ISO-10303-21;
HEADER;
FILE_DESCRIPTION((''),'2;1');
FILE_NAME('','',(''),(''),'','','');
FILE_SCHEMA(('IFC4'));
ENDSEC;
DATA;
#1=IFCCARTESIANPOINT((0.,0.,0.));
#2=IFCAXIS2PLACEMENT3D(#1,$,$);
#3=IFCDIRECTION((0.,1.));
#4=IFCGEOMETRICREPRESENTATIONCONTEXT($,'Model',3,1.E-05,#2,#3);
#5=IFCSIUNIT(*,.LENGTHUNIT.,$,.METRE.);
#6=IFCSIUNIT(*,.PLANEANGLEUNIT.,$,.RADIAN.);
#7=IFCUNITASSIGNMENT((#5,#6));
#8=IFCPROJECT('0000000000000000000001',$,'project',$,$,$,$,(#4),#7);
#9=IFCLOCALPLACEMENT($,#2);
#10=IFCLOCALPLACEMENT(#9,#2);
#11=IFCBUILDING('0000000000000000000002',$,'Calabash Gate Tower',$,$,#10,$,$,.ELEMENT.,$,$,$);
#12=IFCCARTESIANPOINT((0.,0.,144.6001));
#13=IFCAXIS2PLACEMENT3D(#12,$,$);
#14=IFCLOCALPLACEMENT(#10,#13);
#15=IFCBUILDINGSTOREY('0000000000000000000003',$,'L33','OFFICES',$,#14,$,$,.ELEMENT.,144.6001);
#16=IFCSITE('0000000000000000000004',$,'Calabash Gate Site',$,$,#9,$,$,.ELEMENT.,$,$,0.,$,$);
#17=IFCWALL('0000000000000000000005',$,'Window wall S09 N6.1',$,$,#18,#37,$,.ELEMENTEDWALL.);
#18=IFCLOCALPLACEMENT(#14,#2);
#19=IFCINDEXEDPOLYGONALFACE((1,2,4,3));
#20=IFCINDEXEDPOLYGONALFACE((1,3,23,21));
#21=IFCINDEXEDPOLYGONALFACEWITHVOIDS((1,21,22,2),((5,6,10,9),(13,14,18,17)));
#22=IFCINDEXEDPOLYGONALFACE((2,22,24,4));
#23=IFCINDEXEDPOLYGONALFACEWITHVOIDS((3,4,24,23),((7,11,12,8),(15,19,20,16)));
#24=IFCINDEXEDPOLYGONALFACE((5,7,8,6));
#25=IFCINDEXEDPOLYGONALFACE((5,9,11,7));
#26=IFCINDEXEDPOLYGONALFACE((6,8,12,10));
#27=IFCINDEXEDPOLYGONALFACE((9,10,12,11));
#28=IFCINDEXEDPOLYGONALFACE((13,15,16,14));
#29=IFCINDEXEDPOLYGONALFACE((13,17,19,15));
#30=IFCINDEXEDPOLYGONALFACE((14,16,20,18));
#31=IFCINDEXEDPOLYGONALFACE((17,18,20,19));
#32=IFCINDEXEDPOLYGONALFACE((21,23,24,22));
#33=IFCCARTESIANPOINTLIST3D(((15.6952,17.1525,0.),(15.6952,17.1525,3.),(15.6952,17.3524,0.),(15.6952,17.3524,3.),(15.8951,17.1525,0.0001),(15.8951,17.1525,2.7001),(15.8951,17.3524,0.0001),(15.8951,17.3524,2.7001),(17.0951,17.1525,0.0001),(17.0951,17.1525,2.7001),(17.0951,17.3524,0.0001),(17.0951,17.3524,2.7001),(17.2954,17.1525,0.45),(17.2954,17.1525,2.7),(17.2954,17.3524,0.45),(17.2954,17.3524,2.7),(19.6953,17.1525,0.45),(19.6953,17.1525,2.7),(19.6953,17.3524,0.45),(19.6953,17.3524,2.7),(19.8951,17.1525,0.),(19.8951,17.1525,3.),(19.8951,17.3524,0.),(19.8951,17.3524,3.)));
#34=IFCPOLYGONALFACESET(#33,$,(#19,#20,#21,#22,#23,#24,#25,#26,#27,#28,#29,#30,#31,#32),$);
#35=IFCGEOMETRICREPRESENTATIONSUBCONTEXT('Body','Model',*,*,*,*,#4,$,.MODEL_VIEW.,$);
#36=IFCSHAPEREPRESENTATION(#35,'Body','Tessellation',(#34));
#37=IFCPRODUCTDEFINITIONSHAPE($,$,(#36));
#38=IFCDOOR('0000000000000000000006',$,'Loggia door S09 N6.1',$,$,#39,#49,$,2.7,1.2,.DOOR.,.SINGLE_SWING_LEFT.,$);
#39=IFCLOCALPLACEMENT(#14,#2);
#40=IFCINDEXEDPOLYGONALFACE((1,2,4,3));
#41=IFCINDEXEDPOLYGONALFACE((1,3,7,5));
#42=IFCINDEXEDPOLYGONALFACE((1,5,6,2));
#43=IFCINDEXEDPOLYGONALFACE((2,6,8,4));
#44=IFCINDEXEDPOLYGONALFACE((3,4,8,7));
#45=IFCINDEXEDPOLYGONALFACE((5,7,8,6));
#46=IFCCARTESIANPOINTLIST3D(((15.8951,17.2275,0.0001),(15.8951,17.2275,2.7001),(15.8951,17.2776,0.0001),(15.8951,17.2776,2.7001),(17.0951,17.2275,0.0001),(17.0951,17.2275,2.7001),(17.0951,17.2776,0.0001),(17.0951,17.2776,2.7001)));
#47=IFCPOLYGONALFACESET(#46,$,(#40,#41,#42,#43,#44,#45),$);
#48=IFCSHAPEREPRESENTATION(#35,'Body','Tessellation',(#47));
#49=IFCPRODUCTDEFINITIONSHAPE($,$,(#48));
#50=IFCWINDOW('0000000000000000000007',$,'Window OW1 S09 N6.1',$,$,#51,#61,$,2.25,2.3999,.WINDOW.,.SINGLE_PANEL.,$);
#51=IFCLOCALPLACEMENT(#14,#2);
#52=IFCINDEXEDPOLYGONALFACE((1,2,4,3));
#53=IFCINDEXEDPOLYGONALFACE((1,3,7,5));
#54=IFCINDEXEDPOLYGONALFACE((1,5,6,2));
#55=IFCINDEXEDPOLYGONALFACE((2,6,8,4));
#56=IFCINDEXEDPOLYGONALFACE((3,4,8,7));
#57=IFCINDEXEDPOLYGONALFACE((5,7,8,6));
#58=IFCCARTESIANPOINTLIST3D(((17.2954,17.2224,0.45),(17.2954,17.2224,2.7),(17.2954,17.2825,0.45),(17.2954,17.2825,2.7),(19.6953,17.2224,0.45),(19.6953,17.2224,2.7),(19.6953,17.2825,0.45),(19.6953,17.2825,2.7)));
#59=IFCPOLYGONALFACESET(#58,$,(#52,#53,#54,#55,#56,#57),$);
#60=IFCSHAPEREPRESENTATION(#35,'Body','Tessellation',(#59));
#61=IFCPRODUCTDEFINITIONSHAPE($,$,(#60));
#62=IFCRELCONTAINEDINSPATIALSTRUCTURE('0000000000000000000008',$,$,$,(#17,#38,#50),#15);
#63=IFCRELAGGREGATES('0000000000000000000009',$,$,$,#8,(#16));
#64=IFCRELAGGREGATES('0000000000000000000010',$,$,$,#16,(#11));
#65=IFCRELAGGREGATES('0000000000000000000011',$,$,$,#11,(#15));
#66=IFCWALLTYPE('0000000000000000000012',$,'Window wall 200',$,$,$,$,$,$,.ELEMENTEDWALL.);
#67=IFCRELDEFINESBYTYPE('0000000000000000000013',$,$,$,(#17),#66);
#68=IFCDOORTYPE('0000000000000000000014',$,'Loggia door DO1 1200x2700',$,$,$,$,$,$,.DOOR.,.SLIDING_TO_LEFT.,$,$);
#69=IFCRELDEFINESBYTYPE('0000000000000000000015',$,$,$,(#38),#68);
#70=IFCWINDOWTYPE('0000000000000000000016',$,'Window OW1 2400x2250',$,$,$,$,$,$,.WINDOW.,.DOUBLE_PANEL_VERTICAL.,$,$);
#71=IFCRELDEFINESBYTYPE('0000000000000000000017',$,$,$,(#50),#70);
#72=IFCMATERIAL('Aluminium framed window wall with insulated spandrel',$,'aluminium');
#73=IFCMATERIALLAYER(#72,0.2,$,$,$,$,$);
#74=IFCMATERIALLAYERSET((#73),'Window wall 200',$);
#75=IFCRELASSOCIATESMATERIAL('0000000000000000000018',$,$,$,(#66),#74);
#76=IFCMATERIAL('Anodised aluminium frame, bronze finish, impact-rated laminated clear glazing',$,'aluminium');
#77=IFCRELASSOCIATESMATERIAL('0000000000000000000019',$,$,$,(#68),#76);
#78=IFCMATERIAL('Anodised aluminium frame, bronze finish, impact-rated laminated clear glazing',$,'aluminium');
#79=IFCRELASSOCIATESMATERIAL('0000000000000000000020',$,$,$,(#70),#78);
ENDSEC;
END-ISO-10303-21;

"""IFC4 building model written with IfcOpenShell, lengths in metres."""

from ifc_helpers import new_model, si_unit, direction, frame, frame_2d, origin, place, context, subcontext, project, spatial, rectangle, extrude, material, layer, layer_set, type_object, element, fill, save


model = new_model("IFC4")

# Units and contexts
model_context = context("Model", 3, precision=1e-05, world=origin(), true_north=direction((0.0, 1.0)))
body_context = subcontext(model_context, "Body", "Model", "MODEL_VIEW")
ifc_project = project(units=[si_unit("LENGTHUNIT", "METRE"), si_unit("PLANEANGLEUNIT", "RADIAN")], contexts=[model_context])

# Site, building, storey
site_placement = place(None, origin())
site = spatial("IfcSite", under=ifc_project, at=site_placement, Name="Calabash Gate Site", CompositionType="ELEMENT", RefElevation=0.0)
building_placement = place(site_placement, origin())
building = spatial("IfcBuilding", under=site, at=building_placement, Name="Calabash Gate Tower", CompositionType="ELEMENT")
storey_placement = place(building_placement, frame((0.0, 0.0, 144.6001)))
storey = spatial("IfcBuildingStorey", under=building, at=storey_placement, Name="L33", Description="OFFICES", CompositionType="ELEMENT", Elevation=144.6001)

# Shared definitions
ifc_material_1 = material(Name="Aluminium framed window wall with insulated spandrel", Category="aluminium")
ifc_layer_1 = layer(ifc_material_1, 0.2)
ifc_layer_set_1 = layer_set([ifc_layer_1], Name="Window wall 200")
wall_type_1 = type_object("IfcWallType", Name="Window wall 200", PredefinedType="ELEMENTEDWALL", material=ifc_layer_set_1)

# Wall, openings, door, window
wall_1_placement = place(storey_placement, frame((19.8953, 17.2524, 0.0), z_axis=(0.0, 0.0, 1.0), x_axis=(-1.0, 0.0, 0.0)))
wall_1 = element("IfcWall", 1, at=wall_1_placement, inside=storey, type_object=wall_type_1, Name="Window wall S09 N6.1", PredefinedType="ELEMENTEDWALL", context=body_context, shape_type="SweptSolid", body=[
    extrude(rectangle(XDim=4.2, YDim=0.2, at=frame_2d((2.1001, 0.0))), origin(), (0.0, 0.0, 1.0), 3.0),
])
opening_1_placement = place(wall_1_placement, frame((0.2, 0.0, 0.45)))
opening_1 = element("IfcOpeningElement", 2, at=opening_1_placement, cuts=wall_1, PredefinedType="OPENING", context=body_context, shape_type="SweptSolid", body=[
    extrude(rectangle(XDim=2.3999, YDim=2.25, at=frame_2d((1.2, 1.125))), frame((0.0, 0.1099, 0.0), z_axis=(0.0, -1.0, 0.0), x_axis=(1.0, 0.0, 0.0)), (0.0, 0.0, 1.0), 0.22),
])
opening_2_placement = place(wall_1_placement, frame((2.8, 0.0, 0.0)))
opening_2 = element("IfcOpeningElement", 3, at=opening_2_placement, cuts=wall_1, PredefinedType="OPENING", context=body_context, shape_type="SweptSolid", body=[
    extrude(rectangle(XDim=1.2, YDim=2.7, at=frame_2d((0.6001, 1.3501))), frame((0.0, 0.1099, 0.0), z_axis=(0.0, -1.0, 0.0), x_axis=(1.0, 0.0, 0.0)), (0.0, 0.0, 1.0), 0.22),
])
ifc_material_2 = material(Name="Anodised aluminium frame, bronze finish, impact-rated laminated clear glazing", Category="aluminium")
door_type_1 = type_object("IfcDoorType", Name="Loggia door DO1 1200x2700", OperationType="SLIDING_TO_LEFT", PredefinedType="DOOR", material=ifc_material_2)
door_1_placement = place(opening_2_placement, origin())
door_1 = element("IfcDoor", 4, at=door_1_placement, inside=storey, type_object=door_type_1, Name="Loggia door S09 N6.1", OperationType="SINGLE_SWING_LEFT", OverallHeight=2.7, OverallWidth=1.2, PredefinedType="DOOR", context=body_context, shape_type="SweptSolid", body=[
    extrude(rectangle(XDim=1.2, YDim=2.7, at=frame_2d((0.6001, 1.3501))), frame((0.0, 0.0249, 0.0), z_axis=(0.0, -1.0, 0.0), x_axis=(1.0, 0.0, 0.0)), (0.0, 0.0, 1.0), 0.05),
])
fill(opening_2, door_1)
ifc_material_3 = material(Name="Anodised aluminium frame, bronze finish, impact-rated laminated clear glazing", Category="aluminium")
window_type_1 = type_object("IfcWindowType", Name="Window OW1 2400x2250", PartitioningType="DOUBLE_PANEL_VERTICAL", PredefinedType="WINDOW", material=ifc_material_3)
window_1_placement = place(opening_1_placement, origin())
window_1 = element("IfcWindow", 5, at=window_1_placement, inside=storey, type_object=window_type_1, Name="Window OW1 S09 N6.1", OverallHeight=2.25, OverallWidth=2.3999, PartitioningType="SINGLE_PANEL", PredefinedType="WINDOW", context=body_context, shape_type="SweptSolid", body=[
    extrude(rectangle(XDim=2.3999, YDim=2.25, at=frame_2d((1.2, 1.125))), frame((0.0, 0.03, 0.0), z_axis=(0.0, -1.0, 0.0), x_axis=(1.0, 0.0, 0.0)), (0.0, 0.0, 1.0), 0.0601),
])
fill(opening_1, window_1)

save(model, "model.ifc")
